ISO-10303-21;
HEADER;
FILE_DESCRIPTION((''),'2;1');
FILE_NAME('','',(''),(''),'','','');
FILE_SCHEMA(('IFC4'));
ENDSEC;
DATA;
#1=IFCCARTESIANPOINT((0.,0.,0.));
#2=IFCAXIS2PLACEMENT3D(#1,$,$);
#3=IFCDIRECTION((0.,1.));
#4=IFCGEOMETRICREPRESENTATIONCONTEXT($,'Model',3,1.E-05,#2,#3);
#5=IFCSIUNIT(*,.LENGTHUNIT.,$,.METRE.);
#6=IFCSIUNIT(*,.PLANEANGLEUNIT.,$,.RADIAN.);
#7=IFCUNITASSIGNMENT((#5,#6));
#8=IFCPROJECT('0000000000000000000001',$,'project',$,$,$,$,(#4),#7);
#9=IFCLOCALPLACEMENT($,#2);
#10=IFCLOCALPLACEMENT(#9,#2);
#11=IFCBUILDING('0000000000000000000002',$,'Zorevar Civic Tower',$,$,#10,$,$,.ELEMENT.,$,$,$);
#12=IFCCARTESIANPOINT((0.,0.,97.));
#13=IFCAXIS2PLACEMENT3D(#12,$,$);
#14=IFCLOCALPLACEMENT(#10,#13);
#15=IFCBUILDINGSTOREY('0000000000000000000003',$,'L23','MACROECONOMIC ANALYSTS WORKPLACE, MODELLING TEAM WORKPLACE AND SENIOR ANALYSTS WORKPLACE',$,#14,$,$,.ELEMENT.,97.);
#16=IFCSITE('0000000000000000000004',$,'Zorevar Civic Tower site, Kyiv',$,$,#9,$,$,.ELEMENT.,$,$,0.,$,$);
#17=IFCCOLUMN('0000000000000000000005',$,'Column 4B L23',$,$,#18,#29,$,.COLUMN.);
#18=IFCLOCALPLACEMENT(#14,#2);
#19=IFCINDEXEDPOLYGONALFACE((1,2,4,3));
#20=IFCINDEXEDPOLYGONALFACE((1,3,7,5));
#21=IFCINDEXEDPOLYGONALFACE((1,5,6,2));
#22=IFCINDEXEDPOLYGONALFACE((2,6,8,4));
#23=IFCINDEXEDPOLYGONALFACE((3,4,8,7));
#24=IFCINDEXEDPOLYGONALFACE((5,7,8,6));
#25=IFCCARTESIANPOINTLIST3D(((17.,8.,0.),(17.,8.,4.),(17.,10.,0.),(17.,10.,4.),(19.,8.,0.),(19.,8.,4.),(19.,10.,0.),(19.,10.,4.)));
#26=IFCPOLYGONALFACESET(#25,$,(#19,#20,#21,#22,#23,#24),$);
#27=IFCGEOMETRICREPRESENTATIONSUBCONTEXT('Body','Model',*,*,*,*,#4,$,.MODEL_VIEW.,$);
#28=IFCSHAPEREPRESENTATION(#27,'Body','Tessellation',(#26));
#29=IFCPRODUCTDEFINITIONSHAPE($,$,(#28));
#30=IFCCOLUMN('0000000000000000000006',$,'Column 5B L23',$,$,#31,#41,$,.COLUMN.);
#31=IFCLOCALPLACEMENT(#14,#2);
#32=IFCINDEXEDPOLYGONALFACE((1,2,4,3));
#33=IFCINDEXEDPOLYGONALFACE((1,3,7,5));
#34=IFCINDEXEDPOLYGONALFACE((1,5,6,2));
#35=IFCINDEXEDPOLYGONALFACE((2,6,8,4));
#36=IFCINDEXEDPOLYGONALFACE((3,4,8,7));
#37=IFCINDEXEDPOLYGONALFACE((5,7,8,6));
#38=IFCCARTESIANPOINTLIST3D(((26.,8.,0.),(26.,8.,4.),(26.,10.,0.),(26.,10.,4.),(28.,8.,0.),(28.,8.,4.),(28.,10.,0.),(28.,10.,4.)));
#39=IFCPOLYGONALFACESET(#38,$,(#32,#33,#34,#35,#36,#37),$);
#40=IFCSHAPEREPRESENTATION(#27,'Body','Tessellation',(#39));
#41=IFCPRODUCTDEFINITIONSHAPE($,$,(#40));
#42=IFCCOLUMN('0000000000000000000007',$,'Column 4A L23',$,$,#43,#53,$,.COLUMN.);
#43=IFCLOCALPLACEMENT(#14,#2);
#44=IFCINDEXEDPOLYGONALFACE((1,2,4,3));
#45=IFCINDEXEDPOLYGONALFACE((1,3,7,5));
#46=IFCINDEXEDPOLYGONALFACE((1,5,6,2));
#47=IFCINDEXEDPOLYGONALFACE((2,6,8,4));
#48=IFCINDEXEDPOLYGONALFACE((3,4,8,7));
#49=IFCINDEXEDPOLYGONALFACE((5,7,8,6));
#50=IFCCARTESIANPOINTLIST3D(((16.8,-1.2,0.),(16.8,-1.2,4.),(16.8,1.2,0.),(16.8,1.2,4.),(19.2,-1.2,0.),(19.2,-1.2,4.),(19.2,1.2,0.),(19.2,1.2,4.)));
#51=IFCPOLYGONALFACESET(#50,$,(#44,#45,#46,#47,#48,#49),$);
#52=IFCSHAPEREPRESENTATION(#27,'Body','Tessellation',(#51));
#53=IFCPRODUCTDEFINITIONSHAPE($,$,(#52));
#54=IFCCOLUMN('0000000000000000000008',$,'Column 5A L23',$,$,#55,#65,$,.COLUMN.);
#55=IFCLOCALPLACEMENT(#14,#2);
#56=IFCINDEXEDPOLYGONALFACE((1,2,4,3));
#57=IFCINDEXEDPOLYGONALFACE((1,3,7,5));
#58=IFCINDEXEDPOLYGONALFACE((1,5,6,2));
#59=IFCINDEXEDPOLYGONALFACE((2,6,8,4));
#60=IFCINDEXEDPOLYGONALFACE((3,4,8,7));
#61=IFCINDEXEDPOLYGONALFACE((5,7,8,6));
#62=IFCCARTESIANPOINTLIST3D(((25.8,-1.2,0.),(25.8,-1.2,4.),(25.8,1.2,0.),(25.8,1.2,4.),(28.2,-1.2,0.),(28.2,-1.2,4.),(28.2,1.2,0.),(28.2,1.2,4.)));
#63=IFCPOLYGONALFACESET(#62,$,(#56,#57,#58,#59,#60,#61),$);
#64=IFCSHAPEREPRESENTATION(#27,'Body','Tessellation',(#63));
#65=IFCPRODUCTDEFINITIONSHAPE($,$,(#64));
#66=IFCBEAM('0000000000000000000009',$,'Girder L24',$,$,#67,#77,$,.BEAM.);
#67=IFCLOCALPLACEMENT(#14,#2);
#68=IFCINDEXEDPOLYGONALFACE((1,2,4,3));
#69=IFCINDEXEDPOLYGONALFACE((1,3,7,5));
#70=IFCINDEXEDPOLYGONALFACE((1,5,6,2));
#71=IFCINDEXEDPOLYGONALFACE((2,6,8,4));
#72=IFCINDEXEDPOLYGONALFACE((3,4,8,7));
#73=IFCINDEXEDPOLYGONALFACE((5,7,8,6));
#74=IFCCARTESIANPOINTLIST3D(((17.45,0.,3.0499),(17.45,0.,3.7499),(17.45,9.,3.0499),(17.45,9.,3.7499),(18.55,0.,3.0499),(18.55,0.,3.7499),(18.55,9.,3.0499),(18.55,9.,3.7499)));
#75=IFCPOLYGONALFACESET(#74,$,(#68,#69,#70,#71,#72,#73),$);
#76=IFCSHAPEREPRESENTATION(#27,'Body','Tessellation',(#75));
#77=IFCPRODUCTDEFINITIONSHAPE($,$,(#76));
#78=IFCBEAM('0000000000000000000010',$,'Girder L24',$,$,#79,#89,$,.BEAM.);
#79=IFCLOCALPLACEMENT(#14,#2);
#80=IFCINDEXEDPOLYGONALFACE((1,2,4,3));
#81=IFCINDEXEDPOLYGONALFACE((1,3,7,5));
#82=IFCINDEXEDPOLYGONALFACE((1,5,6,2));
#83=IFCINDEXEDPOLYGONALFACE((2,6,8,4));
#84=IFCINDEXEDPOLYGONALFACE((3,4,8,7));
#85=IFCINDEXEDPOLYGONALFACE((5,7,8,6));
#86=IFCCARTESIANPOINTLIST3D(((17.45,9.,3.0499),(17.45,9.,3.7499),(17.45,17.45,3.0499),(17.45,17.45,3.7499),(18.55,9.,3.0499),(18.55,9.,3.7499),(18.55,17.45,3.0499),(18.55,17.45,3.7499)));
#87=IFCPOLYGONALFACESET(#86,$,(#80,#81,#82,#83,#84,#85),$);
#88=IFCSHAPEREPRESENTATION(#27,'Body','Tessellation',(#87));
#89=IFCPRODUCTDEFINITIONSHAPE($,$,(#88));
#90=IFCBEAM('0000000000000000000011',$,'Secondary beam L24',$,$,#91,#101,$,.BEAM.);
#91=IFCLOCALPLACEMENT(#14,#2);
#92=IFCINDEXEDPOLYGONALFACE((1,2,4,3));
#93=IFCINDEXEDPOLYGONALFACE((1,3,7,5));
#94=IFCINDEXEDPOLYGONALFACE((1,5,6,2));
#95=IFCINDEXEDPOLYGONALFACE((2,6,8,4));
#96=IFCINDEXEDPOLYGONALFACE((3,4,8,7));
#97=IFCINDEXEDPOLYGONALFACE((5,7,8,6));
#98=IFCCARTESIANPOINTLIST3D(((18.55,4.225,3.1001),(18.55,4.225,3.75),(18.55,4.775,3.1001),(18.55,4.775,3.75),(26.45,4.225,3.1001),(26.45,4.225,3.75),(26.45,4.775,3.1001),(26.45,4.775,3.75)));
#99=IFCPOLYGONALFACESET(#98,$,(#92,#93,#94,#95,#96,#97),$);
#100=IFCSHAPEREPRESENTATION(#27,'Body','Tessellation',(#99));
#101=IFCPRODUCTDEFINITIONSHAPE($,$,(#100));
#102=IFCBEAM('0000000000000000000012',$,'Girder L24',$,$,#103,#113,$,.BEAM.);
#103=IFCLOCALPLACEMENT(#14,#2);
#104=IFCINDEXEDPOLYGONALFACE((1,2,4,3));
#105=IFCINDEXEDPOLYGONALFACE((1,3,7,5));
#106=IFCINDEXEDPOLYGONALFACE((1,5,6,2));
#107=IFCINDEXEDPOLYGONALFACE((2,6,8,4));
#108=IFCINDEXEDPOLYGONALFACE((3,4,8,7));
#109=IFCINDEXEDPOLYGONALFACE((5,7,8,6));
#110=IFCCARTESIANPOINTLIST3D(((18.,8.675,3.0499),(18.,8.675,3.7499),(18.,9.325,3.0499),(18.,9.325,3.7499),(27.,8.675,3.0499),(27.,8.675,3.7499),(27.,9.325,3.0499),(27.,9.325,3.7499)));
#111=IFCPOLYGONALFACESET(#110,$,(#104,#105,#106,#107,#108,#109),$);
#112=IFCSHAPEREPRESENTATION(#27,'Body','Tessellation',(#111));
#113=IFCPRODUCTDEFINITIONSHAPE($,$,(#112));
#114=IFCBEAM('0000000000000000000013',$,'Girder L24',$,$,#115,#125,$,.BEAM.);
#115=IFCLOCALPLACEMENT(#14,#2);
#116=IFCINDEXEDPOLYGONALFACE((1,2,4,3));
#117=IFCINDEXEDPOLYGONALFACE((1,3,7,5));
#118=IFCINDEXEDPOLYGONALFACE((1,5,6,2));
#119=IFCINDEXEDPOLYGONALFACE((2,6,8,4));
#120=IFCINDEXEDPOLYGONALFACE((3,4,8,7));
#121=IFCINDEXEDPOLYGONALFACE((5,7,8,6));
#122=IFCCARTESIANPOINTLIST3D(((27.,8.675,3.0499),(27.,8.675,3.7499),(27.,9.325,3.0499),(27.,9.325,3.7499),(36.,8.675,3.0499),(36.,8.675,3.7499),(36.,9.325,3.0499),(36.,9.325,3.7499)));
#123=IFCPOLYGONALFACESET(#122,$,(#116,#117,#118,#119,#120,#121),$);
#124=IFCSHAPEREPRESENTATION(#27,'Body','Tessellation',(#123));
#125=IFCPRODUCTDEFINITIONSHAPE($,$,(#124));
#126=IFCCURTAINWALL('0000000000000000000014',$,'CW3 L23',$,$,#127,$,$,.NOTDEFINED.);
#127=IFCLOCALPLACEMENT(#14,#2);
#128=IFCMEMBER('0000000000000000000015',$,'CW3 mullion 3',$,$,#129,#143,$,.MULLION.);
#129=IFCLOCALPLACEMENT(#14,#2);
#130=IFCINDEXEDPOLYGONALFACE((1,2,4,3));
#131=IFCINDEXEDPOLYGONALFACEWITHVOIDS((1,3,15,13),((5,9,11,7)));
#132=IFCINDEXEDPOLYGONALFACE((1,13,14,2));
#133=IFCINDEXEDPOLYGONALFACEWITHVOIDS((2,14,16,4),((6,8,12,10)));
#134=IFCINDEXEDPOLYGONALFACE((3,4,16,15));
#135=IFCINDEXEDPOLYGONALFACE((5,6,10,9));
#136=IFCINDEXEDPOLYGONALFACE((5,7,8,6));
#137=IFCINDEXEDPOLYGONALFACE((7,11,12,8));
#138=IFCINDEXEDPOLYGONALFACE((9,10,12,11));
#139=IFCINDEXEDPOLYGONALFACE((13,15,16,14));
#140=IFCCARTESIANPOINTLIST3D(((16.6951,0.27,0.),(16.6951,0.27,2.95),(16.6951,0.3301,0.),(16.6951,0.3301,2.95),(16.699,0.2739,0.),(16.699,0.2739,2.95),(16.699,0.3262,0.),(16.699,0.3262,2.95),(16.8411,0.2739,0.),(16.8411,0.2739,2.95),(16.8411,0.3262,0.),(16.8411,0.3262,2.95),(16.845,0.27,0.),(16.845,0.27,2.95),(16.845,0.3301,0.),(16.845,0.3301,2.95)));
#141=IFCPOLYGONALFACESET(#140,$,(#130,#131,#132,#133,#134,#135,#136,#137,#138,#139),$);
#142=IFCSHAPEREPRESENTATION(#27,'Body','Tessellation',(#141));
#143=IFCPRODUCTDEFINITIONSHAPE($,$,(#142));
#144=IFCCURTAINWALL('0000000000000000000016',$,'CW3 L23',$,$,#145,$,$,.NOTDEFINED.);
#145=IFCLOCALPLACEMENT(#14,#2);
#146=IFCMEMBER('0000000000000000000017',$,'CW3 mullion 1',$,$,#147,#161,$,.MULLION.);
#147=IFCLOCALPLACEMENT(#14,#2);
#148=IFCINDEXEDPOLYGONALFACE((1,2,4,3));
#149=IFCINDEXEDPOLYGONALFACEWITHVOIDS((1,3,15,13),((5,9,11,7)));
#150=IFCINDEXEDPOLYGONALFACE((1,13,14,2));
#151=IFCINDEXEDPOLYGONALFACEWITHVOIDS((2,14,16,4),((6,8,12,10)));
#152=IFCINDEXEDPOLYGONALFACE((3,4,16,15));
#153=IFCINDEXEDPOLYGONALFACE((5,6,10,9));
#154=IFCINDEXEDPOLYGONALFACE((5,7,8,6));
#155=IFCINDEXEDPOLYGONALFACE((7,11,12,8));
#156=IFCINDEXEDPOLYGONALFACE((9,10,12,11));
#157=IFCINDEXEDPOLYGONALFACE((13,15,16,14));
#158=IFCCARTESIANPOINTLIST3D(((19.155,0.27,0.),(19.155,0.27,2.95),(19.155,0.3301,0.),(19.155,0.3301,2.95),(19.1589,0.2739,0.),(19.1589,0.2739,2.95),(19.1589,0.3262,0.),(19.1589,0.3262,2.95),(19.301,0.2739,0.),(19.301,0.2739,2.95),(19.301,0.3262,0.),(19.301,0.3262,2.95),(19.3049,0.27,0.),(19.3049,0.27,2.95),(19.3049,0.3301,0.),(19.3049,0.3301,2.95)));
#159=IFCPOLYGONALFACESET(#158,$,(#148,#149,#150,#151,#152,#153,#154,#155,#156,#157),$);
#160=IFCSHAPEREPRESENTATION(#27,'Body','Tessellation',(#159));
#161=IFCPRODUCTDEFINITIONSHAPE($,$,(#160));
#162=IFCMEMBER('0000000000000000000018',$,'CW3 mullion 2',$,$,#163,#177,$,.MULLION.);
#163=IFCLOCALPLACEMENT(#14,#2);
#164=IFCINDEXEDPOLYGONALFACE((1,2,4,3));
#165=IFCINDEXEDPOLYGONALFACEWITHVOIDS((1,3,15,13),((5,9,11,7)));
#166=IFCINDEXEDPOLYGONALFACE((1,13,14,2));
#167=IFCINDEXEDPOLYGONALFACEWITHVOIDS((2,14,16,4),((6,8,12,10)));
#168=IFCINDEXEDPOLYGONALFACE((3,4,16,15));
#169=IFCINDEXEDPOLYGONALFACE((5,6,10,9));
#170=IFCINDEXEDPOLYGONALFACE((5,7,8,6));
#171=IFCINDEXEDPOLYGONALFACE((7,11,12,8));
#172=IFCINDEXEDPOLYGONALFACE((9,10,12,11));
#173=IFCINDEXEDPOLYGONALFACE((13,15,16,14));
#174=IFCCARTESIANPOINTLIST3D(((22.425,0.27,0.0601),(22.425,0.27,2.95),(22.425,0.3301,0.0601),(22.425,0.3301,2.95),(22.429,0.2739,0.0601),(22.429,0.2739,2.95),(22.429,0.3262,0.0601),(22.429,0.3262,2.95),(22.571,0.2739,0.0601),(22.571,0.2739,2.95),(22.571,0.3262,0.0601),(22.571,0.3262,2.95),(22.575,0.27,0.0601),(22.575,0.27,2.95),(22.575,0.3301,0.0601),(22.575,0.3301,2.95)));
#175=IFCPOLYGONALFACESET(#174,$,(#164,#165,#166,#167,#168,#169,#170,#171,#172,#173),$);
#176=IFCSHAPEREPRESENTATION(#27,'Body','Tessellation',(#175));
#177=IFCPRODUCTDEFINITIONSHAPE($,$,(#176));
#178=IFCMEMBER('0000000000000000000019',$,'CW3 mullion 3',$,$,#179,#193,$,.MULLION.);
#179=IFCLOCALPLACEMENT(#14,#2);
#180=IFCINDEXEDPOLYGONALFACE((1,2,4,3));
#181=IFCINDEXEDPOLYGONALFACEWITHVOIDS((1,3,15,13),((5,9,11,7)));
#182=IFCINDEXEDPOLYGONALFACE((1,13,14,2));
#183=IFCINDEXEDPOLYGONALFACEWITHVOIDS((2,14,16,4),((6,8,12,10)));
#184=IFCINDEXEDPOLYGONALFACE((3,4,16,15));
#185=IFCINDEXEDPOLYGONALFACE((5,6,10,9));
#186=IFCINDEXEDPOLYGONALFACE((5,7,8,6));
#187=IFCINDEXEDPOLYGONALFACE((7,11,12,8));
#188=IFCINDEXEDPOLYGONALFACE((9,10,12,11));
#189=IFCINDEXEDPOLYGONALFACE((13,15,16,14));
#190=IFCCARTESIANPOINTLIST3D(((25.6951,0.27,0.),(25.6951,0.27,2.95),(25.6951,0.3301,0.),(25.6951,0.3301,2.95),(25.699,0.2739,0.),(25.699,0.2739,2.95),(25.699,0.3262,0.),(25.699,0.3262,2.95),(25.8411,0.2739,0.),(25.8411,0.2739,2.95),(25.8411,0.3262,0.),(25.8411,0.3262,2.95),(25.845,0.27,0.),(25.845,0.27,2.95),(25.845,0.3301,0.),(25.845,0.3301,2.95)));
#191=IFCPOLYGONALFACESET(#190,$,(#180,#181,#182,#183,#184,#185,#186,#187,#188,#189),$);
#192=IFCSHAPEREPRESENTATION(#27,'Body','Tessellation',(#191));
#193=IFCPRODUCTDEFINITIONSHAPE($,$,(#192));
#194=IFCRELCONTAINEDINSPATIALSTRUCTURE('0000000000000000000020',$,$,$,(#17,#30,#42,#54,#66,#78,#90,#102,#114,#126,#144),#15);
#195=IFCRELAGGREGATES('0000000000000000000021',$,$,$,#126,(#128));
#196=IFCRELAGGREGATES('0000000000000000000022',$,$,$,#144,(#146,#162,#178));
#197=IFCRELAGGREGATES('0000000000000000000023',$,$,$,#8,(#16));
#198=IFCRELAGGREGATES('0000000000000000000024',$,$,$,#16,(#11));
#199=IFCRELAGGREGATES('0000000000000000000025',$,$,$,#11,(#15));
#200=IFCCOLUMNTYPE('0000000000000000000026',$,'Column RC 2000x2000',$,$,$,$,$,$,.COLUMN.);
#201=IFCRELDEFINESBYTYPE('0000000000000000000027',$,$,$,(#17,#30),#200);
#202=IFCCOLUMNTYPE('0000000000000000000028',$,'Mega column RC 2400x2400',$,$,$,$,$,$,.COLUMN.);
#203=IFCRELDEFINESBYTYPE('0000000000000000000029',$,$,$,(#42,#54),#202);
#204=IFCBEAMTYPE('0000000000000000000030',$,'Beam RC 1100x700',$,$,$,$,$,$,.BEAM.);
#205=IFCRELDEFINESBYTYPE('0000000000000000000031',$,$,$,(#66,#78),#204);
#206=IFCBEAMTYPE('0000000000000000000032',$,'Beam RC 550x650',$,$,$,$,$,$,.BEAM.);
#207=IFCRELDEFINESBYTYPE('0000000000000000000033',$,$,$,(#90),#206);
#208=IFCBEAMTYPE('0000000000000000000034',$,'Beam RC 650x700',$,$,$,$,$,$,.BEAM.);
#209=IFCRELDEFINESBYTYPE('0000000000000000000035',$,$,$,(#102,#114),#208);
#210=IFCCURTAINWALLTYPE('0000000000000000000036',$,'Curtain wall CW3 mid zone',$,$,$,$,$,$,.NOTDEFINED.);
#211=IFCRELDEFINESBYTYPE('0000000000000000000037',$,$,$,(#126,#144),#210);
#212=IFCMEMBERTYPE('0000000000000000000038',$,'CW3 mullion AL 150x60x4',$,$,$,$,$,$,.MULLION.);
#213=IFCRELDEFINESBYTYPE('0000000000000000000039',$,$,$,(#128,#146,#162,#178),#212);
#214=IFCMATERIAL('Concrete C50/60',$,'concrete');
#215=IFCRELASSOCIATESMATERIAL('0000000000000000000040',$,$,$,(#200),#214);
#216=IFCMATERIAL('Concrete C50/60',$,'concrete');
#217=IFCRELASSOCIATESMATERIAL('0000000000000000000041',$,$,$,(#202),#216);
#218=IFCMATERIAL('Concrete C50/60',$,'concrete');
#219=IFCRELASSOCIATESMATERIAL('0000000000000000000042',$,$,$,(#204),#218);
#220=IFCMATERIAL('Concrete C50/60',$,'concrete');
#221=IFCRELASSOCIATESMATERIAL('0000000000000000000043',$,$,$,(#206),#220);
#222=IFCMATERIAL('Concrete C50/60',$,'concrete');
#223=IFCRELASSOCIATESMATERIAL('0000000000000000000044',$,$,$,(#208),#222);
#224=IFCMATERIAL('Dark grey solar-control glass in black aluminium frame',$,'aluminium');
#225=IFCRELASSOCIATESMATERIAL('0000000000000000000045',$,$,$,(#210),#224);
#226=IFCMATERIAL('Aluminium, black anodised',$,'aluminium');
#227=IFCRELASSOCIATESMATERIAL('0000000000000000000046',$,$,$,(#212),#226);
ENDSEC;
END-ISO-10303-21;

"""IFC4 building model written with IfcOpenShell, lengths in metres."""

from ifc_helpers import new_model, si_unit, direction, frame, origin, origin_2d, place, context, subcontext, project, spatial, rectangle, hollow_rectangle, extrude, material, material_profile, profile_set, type_object, element, aggregate, save


model = new_model("IFC4")

# Units and contexts
model_context = context("Model", 3, precision=1e-05, world=origin(), true_north=direction((0.0, 1.0)))
body_context = subcontext(model_context, "Body", "Model", "MODEL_VIEW")
ifc_project = project(units=[si_unit("LENGTHUNIT", "METRE"), si_unit("PLANEANGLEUNIT", "RADIAN")], contexts=[model_context])

# Site, building, storey
site_placement = place(None, origin())
site = spatial("IfcSite", under=ifc_project, at=site_placement, Name="Zorevar Civic Tower site, Kyiv", CompositionType="ELEMENT", RefElevation=0.0)
building_placement = place(site_placement, origin())
building = spatial("IfcBuilding", under=site, at=building_placement, Name="Zorevar Civic Tower", CompositionType="ELEMENT")
storey_placement = place(building_placement, frame((0.0, 0.0, 97.0)))
storey = spatial("IfcBuildingStorey", under=building, at=storey_placement, Name="L23", Description="MACROECONOMIC ANALYSTS WORKPLACE, MODELLING TEAM WORKPLACE AND SENIOR ANALYSTS WORKPLACE", CompositionType="ELEMENT", Elevation=97.0)

# Columns
ifc_material_1 = material(Name="Concrete C50/60", Category="concrete")
ifc_material_profile_1 = material_profile(ifc_material_1, rectangle(XDim=2.0, YDim=2.0, at=origin_2d()), Name="RC 2000x2000")
ifc_profile_set_1 = profile_set([ifc_material_profile_1], Name="Concrete C50/60")
column_type_1 = type_object("IfcColumnType", Name="Column RC 2000x2000", PredefinedType="COLUMN", material=ifc_profile_set_1)
for number, where, z_axis, x_axis, name in (
    (1, (18.0, 9.0, 0.0), (0.0, 0.0, 1.0), (1.0, 0.0, 0.0), "Column 4B L23"),
    (2, (27.0, 9.0, 0.0), (0.0, 0.0, 1.0), (1.0, 0.0, 0.0), "Column 5B L23"),
):
    element("IfcColumn", number, at=place(storey_placement, frame(where, z_axis=z_axis, x_axis=x_axis)), inside=storey, type_object=column_type_1, Name=name, PredefinedType="COLUMN", context=body_context, shape_type="SweptSolid", body=[
        extrude(rectangle(XDim=2.0, YDim=2.0, at=origin_2d()), origin(), (0.0, 0.0, 1.0), 4.0),
    ])
ifc_material_2 = material(Name="Concrete C50/60", Category="concrete")
ifc_material_profile_2 = material_profile(ifc_material_2, rectangle(XDim=2.3999, YDim=2.3999, at=origin_2d()), Name="RC 2400x2400")
ifc_profile_set_2 = profile_set([ifc_material_profile_2], Name="Concrete C50/60")
column_type_2 = type_object("IfcColumnType", Name="Mega column RC 2400x2400", PredefinedType="COLUMN", material=ifc_profile_set_2)
for number, where, z_axis, x_axis, name in (
    (3, (18.0, 0.0, 0.0), (0.0, 0.0, 1.0), (1.0, 0.0, 0.0), "Column 4A L23"),
    (4, (27.0, 0.0, 0.0), (0.0, 0.0, 1.0), (1.0, 0.0, 0.0), "Column 5A L23"),
):
    element("IfcColumn", number, at=place(storey_placement, frame(where, z_axis=z_axis, x_axis=x_axis)), inside=storey, type_object=column_type_2, Name=name, PredefinedType="COLUMN", context=body_context, shape_type="SweptSolid", body=[
        extrude(rectangle(XDim=2.3999, YDim=2.3999, at=origin_2d()), origin(), (0.0, 0.0, 1.0), 4.0),
    ])

# Beams
ifc_material_3 = material(Name="Concrete C50/60", Category="concrete")
ifc_material_profile_3 = material_profile(ifc_material_3, rectangle(XDim=1.1001, YDim=0.7, at=origin_2d()), Name="RC 1100x700")
ifc_profile_set_3 = profile_set([ifc_material_profile_3], Name="Concrete C50/60")
beam_type_1 = type_object("IfcBeamType", Name="Beam RC 1100x700", PredefinedType="BEAM", material=ifc_profile_set_3)
beam_1_placement = place(storey_placement, frame((18.0, 0.0, 3.3999), z_axis=(0.0, 1.0, 0.0), x_axis=(-1.0, 0.0, 0.0)))
element("IfcBeam", 5, at=beam_1_placement, inside=storey, type_object=beam_type_1, Name="Girder L24", PredefinedType="BEAM", context=body_context, shape_type="SweptSolid", body=[
    extrude(rectangle(XDim=1.1001, YDim=0.7, at=origin_2d()), origin(), (0.0, 0.0, 1.0), 9.0),
])
beam_2_placement = place(storey_placement, frame((18.0, 9.0, 3.3999), z_axis=(0.0, 1.0, 0.0), x_axis=(-1.0, 0.0, 0.0)))
element("IfcBeam", 6, at=beam_2_placement, inside=storey, type_object=beam_type_1, Name="Girder L24", PredefinedType="BEAM", context=body_context, shape_type="SweptSolid", body=[
    extrude(rectangle(XDim=1.1001, YDim=0.7, at=origin_2d()), origin(), (0.0, 0.0, 1.0), 8.45),
])
ifc_material_4 = material(Name="Concrete C50/60", Category="concrete")
ifc_material_profile_4 = material_profile(ifc_material_4, rectangle(XDim=0.55, YDim=0.6499, at=origin_2d()), Name="RC 550x650")
ifc_profile_set_4 = profile_set([ifc_material_profile_4], Name="Concrete C50/60")
beam_type_2 = type_object("IfcBeamType", Name="Beam RC 550x650", PredefinedType="BEAM", material=ifc_profile_set_4)
beam_3_placement = place(storey_placement, frame((18.55, 4.5, 3.425), z_axis=(1.0, 0.0, 0.0), x_axis=(0.0, 1.0, 0.0)))
element("IfcBeam", 7, at=beam_3_placement, inside=storey, type_object=beam_type_2, Name="Secondary beam L24", PredefinedType="BEAM", context=body_context, shape_type="SweptSolid", body=[
    extrude(rectangle(XDim=0.55, YDim=0.6499, at=origin_2d()), origin(), (0.0, 0.0, 1.0), 7.8999),
])
ifc_material_5 = material(Name="Concrete C50/60", Category="concrete")
ifc_material_profile_5 = material_profile(ifc_material_5, rectangle(XDim=0.6499, YDim=0.7, at=origin_2d()), Name="RC 650x700")
ifc_profile_set_5 = profile_set([ifc_material_profile_5], Name="Concrete C50/60")
beam_type_3 = type_object("IfcBeamType", Name="Beam RC 650x700", PredefinedType="BEAM", material=ifc_profile_set_5)
for number, where, z_axis, x_axis, name in (
    (8, (18.0, 9.0, 3.3999), (1.0, 0.0, 0.0), (0.0, 1.0, 0.0), "Girder L24"),
    (9, (27.0, 9.0, 3.3999), (1.0, 0.0, 0.0), (0.0, 1.0, 0.0), "Girder L24"),
):
    element("IfcBeam", number, at=place(storey_placement, frame(where, z_axis=z_axis, x_axis=x_axis)), inside=storey, type_object=beam_type_3, Name=name, PredefinedType="BEAM", context=body_context, shape_type="SweptSolid", body=[
        extrude(rectangle(XDim=0.6499, YDim=0.7, at=origin_2d()), origin(), (0.0, 0.0, 1.0), 9.0),
    ])

# Curtain wall, member
ifc_material_6 = material(Name="Dark grey solar-control glass in black aluminium frame", Category="aluminium")
curtain_wall_type = type_object("IfcCurtainWallType", Name="Curtain wall CW3 mid zone", PredefinedType="NOTDEFINED", material=ifc_material_6)
curtain_wall_1_placement = place(storey_placement, origin())
curtain_wall_1 = element("IfcCurtainWall", 10, at=curtain_wall_1_placement, inside=storey, type_object=curtain_wall_type, Name="CW3 L23", PredefinedType="NOTDEFINED")
ifc_material_7 = material(Name="Aluminium, black anodised", Category="aluminium")
ifc_material_profile_6 = material_profile(ifc_material_7, hollow_rectangle(XDim=0.0601, YDim=0.1499, WallThickness=0.0039, at=origin_2d()), Name="AL 150x60x4")
ifc_profile_set_6 = profile_set([ifc_material_profile_6], Name="Aluminium, black anodised")
member_type_1 = type_object("IfcMemberType", Name="CW3 mullion AL 150x60x4", PredefinedType="MULLION", material=ifc_profile_set_6)
member_1_placement = place(storey_placement, frame((16.77, 0.3, 0.0), z_axis=(0.0, 0.0, 1.0), x_axis=(0.0, 1.0, 0.0)))
member_1 = element("IfcMember", 11, at=member_1_placement, type_object=member_type_1, Name="CW3 mullion 3", PredefinedType="MULLION", context=body_context, shape_type="SweptSolid", body=[
    extrude(hollow_rectangle(XDim=0.0601, YDim=0.1499, WallThickness=0.0039, at=origin_2d()), origin(), (0.0, 0.0, 1.0), 2.95),
])
aggregate(curtain_wall_1, [member_1])

# Curtain wall, members
curtain_wall_2_placement = place(storey_placement, origin())
curtain_wall_2 = element("IfcCurtainWall", 12, at=curtain_wall_2_placement, inside=storey, type_object=curtain_wall_type, Name="CW3 L23", PredefinedType="NOTDEFINED")
member_2_placement = place(storey_placement, frame((19.23, 0.3, 0.0), z_axis=(0.0, 0.0, 1.0), x_axis=(0.0, 1.0, 0.0)))
member_2 = element("IfcMember", 13, at=member_2_placement, type_object=member_type_1, Name="CW3 mullion 1", PredefinedType="MULLION", context=body_context, shape_type="SweptSolid", body=[
    extrude(hollow_rectangle(XDim=0.0601, YDim=0.1499, WallThickness=0.0039, at=origin_2d()), origin(), (0.0, 0.0, 1.0), 2.95),
])
member_3_placement = place(storey_placement, frame((22.5, 0.3, 0.0601), z_axis=(0.0, 0.0, 1.0), x_axis=(0.0, 1.0, 0.0)))
member_3 = element("IfcMember", 14, at=member_3_placement, type_object=member_type_1, Name="CW3 mullion 2", PredefinedType="MULLION", context=body_context, shape_type="SweptSolid", body=[
    extrude(hollow_rectangle(XDim=0.0601, YDim=0.1499, WallThickness=0.0039, at=origin_2d()), origin(), (0.0, 0.0, 1.0), 2.8899),
])
member_4_placement = place(storey_placement, frame((25.77, 0.3, 0.0), z_axis=(0.0, 0.0, 1.0), x_axis=(0.0, 1.0, 0.0)))
member_4 = element("IfcMember", 15, at=member_4_placement, type_object=member_type_1, Name="CW3 mullion 3", PredefinedType="MULLION", context=body_context, shape_type="SweptSolid", body=[
    extrude(hollow_rectangle(XDim=0.0601, YDim=0.1499, WallThickness=0.0039, at=origin_2d()), origin(), (0.0, 0.0, 1.0), 2.95),
])

aggregate(curtain_wall_2, [member_2, member_3, member_4])

save(model, "model.ifc")
